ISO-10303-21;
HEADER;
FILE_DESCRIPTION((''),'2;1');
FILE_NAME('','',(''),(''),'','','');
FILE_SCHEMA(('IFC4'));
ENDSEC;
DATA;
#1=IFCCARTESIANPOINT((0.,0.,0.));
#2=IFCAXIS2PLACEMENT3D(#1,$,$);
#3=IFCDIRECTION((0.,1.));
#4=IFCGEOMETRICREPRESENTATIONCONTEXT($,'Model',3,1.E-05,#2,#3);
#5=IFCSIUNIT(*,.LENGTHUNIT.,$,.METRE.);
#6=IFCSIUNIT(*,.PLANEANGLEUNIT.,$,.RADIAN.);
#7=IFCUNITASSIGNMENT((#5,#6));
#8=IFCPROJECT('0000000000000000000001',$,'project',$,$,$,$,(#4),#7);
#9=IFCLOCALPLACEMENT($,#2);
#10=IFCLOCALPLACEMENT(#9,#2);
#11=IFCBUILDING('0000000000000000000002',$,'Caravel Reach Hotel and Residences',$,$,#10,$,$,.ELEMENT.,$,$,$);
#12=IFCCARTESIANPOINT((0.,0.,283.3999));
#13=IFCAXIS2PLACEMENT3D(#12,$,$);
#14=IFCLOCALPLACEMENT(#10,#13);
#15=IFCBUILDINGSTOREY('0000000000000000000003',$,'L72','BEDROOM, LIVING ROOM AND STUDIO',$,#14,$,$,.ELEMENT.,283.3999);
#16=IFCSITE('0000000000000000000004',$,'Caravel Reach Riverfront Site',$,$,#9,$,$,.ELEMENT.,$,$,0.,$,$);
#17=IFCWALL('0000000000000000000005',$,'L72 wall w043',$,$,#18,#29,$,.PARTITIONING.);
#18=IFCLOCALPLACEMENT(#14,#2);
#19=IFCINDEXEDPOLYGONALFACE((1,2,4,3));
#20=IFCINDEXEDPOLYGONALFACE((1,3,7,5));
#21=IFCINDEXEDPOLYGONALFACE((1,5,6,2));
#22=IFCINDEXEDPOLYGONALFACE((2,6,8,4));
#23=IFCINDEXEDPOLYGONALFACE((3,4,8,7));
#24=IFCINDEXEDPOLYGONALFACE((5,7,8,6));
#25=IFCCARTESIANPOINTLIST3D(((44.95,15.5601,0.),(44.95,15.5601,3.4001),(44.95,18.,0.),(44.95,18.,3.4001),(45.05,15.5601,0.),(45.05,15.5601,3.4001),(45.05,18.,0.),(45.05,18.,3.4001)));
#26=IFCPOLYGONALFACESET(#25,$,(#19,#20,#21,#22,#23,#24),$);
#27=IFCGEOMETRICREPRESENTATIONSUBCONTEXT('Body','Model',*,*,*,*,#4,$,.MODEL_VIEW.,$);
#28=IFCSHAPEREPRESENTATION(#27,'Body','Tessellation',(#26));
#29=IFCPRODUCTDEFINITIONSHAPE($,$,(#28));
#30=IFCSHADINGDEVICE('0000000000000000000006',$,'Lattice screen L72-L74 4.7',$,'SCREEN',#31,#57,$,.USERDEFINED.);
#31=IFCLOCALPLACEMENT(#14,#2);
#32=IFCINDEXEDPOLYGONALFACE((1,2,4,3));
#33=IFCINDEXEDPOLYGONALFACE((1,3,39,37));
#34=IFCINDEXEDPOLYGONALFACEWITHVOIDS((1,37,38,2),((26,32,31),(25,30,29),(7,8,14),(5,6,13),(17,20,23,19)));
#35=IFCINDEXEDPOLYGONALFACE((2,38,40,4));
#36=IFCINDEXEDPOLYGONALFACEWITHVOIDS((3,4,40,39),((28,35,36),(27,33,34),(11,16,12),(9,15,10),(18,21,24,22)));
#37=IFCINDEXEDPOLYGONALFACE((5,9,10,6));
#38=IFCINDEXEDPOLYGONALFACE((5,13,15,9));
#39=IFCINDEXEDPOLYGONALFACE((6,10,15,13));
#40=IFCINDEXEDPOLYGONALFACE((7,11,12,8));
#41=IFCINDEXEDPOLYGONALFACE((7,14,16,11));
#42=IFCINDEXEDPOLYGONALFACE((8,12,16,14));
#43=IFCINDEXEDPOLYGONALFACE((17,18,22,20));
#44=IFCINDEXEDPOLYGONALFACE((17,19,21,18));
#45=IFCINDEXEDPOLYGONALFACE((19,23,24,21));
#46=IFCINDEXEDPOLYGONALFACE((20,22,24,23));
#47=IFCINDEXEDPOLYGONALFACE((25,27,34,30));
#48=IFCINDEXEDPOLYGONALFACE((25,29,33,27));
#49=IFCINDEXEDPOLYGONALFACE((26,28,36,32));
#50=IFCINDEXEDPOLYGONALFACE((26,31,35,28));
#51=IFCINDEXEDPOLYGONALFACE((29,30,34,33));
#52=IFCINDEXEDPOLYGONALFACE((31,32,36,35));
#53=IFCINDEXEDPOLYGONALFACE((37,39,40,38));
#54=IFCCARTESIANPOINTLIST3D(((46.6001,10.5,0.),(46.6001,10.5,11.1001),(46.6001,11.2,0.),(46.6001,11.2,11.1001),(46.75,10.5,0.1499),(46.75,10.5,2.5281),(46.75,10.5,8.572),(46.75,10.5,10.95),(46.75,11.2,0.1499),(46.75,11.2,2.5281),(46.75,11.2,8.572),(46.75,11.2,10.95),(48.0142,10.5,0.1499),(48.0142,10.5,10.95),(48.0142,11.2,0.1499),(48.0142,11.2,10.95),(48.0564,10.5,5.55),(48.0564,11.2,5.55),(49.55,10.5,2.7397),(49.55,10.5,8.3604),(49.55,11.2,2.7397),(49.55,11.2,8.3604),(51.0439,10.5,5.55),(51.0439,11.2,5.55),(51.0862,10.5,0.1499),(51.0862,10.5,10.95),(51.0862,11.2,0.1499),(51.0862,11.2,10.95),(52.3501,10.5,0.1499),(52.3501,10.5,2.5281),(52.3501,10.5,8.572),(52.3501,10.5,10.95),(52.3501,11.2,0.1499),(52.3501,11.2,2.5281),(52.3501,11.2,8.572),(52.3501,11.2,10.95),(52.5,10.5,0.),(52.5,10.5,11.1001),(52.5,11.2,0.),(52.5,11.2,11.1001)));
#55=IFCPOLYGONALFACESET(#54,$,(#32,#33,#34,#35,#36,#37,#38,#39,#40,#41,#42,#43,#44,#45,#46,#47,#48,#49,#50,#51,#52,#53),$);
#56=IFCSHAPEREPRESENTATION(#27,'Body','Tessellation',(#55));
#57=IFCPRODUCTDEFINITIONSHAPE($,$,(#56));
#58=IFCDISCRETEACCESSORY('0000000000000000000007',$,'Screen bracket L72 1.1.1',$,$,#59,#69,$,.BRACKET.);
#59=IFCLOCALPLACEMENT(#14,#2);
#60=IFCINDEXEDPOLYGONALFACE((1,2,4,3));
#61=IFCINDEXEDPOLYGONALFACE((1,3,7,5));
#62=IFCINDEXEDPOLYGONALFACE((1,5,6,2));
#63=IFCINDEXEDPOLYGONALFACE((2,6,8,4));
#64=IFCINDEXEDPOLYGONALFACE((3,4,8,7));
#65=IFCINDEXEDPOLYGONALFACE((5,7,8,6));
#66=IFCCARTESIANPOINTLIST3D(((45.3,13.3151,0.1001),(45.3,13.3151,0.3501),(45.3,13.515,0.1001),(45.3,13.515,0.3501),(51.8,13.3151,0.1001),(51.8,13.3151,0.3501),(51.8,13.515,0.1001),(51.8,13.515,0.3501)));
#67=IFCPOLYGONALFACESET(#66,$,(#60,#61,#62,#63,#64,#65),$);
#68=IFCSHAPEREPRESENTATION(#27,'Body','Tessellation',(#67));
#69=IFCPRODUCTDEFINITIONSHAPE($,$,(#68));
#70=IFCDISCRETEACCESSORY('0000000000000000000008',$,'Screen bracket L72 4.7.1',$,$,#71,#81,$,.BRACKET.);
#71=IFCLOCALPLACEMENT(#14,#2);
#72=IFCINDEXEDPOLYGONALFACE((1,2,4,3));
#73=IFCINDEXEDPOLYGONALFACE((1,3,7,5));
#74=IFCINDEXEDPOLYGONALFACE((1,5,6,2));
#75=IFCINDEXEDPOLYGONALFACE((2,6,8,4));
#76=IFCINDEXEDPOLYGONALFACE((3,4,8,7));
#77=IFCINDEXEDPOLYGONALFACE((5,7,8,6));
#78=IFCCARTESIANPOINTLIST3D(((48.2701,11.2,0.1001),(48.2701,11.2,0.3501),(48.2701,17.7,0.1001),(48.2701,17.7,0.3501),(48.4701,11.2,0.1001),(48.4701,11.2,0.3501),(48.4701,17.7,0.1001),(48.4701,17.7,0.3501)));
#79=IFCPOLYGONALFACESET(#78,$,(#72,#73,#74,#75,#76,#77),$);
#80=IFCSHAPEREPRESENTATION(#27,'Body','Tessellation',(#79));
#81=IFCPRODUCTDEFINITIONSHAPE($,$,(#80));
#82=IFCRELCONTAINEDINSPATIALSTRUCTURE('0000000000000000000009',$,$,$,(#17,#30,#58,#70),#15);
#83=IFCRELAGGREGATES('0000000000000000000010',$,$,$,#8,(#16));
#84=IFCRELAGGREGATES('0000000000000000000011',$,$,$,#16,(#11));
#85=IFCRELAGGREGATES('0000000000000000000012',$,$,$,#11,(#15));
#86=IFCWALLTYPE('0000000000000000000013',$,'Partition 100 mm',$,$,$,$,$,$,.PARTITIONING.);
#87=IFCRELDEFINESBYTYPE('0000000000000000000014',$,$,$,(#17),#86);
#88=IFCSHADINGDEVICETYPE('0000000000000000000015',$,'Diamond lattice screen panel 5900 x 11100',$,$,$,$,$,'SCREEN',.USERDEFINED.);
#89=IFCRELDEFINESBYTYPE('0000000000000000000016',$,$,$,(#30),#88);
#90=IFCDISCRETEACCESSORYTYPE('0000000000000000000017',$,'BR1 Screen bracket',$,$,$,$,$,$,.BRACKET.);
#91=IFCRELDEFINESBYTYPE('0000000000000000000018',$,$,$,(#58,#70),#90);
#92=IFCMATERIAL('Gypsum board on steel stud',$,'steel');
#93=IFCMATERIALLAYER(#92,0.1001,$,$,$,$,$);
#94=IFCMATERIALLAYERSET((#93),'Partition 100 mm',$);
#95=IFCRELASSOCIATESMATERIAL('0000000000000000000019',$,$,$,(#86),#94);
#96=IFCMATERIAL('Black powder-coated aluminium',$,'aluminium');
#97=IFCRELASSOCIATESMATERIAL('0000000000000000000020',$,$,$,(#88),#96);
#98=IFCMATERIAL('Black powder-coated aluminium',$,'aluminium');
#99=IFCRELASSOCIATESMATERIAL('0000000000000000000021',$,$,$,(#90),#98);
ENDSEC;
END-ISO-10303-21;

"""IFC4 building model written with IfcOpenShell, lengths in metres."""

from ifc_helpers import new_model, si_unit, direction, frame, frame_2d, origin, origin_2d, place, context, subcontext, project, spatial, polyline, rectangle, outline, extrude, material, layer, layer_set, type_object, element, save


model = new_model("IFC4")

# Units and contexts
model_context = context("Model", 3, precision=1e-05, world=origin(), true_north=direction((0.0, 1.0)))
body_context = subcontext(model_context, "Body", "Model", "MODEL_VIEW")
ifc_project = project(units=[si_unit("LENGTHUNIT", "METRE"), si_unit("PLANEANGLEUNIT", "RADIAN")], contexts=[model_context])

# Site, building, storey
site_placement = place(None, origin())
site = spatial("IfcSite", under=ifc_project, at=site_placement, Name="Caravel Reach Riverfront Site", CompositionType="ELEMENT", RefElevation=0.0)
building_placement = place(site_placement, origin())
building = spatial("IfcBuilding", under=site, at=building_placement, Name="Caravel Reach Hotel and Residences", CompositionType="ELEMENT")
storey_placement = place(building_placement, frame((0.0, 0.0, 283.3999)))
storey = spatial("IfcBuildingStorey", under=building, at=storey_placement, Name="L72", Description="BEDROOM, LIVING ROOM AND STUDIO", CompositionType="ELEMENT", Elevation=283.3999)

# Wall
ifc_material_1 = material(Name="Gypsum board on steel stud", Category="steel")
ifc_layer_1 = layer(ifc_material_1, 0.1001)
ifc_layer_set_1 = layer_set([ifc_layer_1], Name="Partition 100 mm")
wall_type_1 = type_object("IfcWallType", Name="Partition 100 mm", PredefinedType="PARTITIONING", material=ifc_layer_set_1)
wall_1_placement = place(storey_placement, frame((45.0, 15.5601, 0.0), z_axis=(0.0, 0.0, 1.0), x_axis=(0.0, 1.0, 0.0)))
element("IfcWall", 1, at=wall_1_placement, inside=storey, type_object=wall_type_1, Name="L72 wall w043", PredefinedType="PARTITIONING", context=body_context, shape_type="SweptSolid", body=[
    extrude(rectangle(XDim=2.4399, YDim=0.1001, at=frame_2d((1.22, 0.0))), origin(), (0.0, 0.0, 1.0), 3.4001),
])

# Shading device
ifc_material_2 = material(Name="Black powder-coated aluminium", Category="aluminium")
shading_device_type_1 = type_object("IfcShadingDeviceType", Name="Diamond lattice screen panel 5900 x 11100", ElementType="SCREEN", PredefinedType="USERDEFINED", material=ifc_material_2)
shading_device_1_placement = place(storey_placement, frame((46.6001, 11.2, 0.0), z_axis=(0.0, -1.0, 0.0), x_axis=(1.0, 0.0, 0.0)))
element("IfcShadingDevice", 2, at=shading_device_1_placement, inside=storey, type_object=shading_device_type_1, Name="Lattice screen L72-L74 4.7", ObjectType="SCREEN", PredefinedType="USERDEFINED", context=body_context, shape_type="SweptSolid", body=[
    extrude(outline(polyline([(0.0, 0.0), (5.8999, 0.0), (5.8999, 11.1001), (0.0, 11.1001), (0.0, 0.0)]), holes=[polyline([(1.4141, 0.1499), (0.1499, 2.5281), (0.1499, 0.1499), (1.4141, 0.1499)]), polyline([(0.1499, 8.572), (1.4141, 10.95), (0.1499, 10.95), (0.1499, 8.572)]), polyline([(2.95, 8.3604), (1.4563, 5.55), (2.95, 2.7397), (4.4438, 5.55), (2.95, 8.3604)]), polyline([(5.75, 2.5281), (4.4861, 0.1499), (5.75, 0.1499), (5.75, 2.5281)]), polyline([(4.4861, 10.95), (5.75, 8.572), (5.75, 10.95), (4.4861, 10.95)])]), origin(), (0.0, 0.0, 1.0), 0.7),
])

# Discrete accessories
ifc_material_3 = material(Name="Black powder-coated aluminium", Category="aluminium")
discrete_accessory_type = type_object("IfcDiscreteAccessoryType", Name="BR1 Screen bracket", PredefinedType="BRACKET", material=ifc_material_3)
for number, where, z_axis, x_axis, name in (
    (3, (48.55, 13.415, 0.1001), (0.0, 0.0, 1.0), (1.0, 0.0, 0.0), "Screen bracket L72 1.1.1"),
    (4, (48.3701, 14.45, 0.1001), (0.0, 0.0, 1.0), (0.0, -1.0, 0.0), "Screen bracket L72 4.7.1"),
):
    element("IfcDiscreteAccessory", number, at=place(storey_placement, frame(where, z_axis=z_axis, x_axis=x_axis)), inside=storey, type_object=discrete_accessory_type, Name=name, PredefinedType="BRACKET", context=body_context, shape_type="SweptSolid", body=[
        extrude(rectangle(XDim=6.5, YDim=0.2, at=origin_2d()), origin(), (0.0, 0.0, 1.0), 0.25),
    ])

save(model, "model.ifc")
